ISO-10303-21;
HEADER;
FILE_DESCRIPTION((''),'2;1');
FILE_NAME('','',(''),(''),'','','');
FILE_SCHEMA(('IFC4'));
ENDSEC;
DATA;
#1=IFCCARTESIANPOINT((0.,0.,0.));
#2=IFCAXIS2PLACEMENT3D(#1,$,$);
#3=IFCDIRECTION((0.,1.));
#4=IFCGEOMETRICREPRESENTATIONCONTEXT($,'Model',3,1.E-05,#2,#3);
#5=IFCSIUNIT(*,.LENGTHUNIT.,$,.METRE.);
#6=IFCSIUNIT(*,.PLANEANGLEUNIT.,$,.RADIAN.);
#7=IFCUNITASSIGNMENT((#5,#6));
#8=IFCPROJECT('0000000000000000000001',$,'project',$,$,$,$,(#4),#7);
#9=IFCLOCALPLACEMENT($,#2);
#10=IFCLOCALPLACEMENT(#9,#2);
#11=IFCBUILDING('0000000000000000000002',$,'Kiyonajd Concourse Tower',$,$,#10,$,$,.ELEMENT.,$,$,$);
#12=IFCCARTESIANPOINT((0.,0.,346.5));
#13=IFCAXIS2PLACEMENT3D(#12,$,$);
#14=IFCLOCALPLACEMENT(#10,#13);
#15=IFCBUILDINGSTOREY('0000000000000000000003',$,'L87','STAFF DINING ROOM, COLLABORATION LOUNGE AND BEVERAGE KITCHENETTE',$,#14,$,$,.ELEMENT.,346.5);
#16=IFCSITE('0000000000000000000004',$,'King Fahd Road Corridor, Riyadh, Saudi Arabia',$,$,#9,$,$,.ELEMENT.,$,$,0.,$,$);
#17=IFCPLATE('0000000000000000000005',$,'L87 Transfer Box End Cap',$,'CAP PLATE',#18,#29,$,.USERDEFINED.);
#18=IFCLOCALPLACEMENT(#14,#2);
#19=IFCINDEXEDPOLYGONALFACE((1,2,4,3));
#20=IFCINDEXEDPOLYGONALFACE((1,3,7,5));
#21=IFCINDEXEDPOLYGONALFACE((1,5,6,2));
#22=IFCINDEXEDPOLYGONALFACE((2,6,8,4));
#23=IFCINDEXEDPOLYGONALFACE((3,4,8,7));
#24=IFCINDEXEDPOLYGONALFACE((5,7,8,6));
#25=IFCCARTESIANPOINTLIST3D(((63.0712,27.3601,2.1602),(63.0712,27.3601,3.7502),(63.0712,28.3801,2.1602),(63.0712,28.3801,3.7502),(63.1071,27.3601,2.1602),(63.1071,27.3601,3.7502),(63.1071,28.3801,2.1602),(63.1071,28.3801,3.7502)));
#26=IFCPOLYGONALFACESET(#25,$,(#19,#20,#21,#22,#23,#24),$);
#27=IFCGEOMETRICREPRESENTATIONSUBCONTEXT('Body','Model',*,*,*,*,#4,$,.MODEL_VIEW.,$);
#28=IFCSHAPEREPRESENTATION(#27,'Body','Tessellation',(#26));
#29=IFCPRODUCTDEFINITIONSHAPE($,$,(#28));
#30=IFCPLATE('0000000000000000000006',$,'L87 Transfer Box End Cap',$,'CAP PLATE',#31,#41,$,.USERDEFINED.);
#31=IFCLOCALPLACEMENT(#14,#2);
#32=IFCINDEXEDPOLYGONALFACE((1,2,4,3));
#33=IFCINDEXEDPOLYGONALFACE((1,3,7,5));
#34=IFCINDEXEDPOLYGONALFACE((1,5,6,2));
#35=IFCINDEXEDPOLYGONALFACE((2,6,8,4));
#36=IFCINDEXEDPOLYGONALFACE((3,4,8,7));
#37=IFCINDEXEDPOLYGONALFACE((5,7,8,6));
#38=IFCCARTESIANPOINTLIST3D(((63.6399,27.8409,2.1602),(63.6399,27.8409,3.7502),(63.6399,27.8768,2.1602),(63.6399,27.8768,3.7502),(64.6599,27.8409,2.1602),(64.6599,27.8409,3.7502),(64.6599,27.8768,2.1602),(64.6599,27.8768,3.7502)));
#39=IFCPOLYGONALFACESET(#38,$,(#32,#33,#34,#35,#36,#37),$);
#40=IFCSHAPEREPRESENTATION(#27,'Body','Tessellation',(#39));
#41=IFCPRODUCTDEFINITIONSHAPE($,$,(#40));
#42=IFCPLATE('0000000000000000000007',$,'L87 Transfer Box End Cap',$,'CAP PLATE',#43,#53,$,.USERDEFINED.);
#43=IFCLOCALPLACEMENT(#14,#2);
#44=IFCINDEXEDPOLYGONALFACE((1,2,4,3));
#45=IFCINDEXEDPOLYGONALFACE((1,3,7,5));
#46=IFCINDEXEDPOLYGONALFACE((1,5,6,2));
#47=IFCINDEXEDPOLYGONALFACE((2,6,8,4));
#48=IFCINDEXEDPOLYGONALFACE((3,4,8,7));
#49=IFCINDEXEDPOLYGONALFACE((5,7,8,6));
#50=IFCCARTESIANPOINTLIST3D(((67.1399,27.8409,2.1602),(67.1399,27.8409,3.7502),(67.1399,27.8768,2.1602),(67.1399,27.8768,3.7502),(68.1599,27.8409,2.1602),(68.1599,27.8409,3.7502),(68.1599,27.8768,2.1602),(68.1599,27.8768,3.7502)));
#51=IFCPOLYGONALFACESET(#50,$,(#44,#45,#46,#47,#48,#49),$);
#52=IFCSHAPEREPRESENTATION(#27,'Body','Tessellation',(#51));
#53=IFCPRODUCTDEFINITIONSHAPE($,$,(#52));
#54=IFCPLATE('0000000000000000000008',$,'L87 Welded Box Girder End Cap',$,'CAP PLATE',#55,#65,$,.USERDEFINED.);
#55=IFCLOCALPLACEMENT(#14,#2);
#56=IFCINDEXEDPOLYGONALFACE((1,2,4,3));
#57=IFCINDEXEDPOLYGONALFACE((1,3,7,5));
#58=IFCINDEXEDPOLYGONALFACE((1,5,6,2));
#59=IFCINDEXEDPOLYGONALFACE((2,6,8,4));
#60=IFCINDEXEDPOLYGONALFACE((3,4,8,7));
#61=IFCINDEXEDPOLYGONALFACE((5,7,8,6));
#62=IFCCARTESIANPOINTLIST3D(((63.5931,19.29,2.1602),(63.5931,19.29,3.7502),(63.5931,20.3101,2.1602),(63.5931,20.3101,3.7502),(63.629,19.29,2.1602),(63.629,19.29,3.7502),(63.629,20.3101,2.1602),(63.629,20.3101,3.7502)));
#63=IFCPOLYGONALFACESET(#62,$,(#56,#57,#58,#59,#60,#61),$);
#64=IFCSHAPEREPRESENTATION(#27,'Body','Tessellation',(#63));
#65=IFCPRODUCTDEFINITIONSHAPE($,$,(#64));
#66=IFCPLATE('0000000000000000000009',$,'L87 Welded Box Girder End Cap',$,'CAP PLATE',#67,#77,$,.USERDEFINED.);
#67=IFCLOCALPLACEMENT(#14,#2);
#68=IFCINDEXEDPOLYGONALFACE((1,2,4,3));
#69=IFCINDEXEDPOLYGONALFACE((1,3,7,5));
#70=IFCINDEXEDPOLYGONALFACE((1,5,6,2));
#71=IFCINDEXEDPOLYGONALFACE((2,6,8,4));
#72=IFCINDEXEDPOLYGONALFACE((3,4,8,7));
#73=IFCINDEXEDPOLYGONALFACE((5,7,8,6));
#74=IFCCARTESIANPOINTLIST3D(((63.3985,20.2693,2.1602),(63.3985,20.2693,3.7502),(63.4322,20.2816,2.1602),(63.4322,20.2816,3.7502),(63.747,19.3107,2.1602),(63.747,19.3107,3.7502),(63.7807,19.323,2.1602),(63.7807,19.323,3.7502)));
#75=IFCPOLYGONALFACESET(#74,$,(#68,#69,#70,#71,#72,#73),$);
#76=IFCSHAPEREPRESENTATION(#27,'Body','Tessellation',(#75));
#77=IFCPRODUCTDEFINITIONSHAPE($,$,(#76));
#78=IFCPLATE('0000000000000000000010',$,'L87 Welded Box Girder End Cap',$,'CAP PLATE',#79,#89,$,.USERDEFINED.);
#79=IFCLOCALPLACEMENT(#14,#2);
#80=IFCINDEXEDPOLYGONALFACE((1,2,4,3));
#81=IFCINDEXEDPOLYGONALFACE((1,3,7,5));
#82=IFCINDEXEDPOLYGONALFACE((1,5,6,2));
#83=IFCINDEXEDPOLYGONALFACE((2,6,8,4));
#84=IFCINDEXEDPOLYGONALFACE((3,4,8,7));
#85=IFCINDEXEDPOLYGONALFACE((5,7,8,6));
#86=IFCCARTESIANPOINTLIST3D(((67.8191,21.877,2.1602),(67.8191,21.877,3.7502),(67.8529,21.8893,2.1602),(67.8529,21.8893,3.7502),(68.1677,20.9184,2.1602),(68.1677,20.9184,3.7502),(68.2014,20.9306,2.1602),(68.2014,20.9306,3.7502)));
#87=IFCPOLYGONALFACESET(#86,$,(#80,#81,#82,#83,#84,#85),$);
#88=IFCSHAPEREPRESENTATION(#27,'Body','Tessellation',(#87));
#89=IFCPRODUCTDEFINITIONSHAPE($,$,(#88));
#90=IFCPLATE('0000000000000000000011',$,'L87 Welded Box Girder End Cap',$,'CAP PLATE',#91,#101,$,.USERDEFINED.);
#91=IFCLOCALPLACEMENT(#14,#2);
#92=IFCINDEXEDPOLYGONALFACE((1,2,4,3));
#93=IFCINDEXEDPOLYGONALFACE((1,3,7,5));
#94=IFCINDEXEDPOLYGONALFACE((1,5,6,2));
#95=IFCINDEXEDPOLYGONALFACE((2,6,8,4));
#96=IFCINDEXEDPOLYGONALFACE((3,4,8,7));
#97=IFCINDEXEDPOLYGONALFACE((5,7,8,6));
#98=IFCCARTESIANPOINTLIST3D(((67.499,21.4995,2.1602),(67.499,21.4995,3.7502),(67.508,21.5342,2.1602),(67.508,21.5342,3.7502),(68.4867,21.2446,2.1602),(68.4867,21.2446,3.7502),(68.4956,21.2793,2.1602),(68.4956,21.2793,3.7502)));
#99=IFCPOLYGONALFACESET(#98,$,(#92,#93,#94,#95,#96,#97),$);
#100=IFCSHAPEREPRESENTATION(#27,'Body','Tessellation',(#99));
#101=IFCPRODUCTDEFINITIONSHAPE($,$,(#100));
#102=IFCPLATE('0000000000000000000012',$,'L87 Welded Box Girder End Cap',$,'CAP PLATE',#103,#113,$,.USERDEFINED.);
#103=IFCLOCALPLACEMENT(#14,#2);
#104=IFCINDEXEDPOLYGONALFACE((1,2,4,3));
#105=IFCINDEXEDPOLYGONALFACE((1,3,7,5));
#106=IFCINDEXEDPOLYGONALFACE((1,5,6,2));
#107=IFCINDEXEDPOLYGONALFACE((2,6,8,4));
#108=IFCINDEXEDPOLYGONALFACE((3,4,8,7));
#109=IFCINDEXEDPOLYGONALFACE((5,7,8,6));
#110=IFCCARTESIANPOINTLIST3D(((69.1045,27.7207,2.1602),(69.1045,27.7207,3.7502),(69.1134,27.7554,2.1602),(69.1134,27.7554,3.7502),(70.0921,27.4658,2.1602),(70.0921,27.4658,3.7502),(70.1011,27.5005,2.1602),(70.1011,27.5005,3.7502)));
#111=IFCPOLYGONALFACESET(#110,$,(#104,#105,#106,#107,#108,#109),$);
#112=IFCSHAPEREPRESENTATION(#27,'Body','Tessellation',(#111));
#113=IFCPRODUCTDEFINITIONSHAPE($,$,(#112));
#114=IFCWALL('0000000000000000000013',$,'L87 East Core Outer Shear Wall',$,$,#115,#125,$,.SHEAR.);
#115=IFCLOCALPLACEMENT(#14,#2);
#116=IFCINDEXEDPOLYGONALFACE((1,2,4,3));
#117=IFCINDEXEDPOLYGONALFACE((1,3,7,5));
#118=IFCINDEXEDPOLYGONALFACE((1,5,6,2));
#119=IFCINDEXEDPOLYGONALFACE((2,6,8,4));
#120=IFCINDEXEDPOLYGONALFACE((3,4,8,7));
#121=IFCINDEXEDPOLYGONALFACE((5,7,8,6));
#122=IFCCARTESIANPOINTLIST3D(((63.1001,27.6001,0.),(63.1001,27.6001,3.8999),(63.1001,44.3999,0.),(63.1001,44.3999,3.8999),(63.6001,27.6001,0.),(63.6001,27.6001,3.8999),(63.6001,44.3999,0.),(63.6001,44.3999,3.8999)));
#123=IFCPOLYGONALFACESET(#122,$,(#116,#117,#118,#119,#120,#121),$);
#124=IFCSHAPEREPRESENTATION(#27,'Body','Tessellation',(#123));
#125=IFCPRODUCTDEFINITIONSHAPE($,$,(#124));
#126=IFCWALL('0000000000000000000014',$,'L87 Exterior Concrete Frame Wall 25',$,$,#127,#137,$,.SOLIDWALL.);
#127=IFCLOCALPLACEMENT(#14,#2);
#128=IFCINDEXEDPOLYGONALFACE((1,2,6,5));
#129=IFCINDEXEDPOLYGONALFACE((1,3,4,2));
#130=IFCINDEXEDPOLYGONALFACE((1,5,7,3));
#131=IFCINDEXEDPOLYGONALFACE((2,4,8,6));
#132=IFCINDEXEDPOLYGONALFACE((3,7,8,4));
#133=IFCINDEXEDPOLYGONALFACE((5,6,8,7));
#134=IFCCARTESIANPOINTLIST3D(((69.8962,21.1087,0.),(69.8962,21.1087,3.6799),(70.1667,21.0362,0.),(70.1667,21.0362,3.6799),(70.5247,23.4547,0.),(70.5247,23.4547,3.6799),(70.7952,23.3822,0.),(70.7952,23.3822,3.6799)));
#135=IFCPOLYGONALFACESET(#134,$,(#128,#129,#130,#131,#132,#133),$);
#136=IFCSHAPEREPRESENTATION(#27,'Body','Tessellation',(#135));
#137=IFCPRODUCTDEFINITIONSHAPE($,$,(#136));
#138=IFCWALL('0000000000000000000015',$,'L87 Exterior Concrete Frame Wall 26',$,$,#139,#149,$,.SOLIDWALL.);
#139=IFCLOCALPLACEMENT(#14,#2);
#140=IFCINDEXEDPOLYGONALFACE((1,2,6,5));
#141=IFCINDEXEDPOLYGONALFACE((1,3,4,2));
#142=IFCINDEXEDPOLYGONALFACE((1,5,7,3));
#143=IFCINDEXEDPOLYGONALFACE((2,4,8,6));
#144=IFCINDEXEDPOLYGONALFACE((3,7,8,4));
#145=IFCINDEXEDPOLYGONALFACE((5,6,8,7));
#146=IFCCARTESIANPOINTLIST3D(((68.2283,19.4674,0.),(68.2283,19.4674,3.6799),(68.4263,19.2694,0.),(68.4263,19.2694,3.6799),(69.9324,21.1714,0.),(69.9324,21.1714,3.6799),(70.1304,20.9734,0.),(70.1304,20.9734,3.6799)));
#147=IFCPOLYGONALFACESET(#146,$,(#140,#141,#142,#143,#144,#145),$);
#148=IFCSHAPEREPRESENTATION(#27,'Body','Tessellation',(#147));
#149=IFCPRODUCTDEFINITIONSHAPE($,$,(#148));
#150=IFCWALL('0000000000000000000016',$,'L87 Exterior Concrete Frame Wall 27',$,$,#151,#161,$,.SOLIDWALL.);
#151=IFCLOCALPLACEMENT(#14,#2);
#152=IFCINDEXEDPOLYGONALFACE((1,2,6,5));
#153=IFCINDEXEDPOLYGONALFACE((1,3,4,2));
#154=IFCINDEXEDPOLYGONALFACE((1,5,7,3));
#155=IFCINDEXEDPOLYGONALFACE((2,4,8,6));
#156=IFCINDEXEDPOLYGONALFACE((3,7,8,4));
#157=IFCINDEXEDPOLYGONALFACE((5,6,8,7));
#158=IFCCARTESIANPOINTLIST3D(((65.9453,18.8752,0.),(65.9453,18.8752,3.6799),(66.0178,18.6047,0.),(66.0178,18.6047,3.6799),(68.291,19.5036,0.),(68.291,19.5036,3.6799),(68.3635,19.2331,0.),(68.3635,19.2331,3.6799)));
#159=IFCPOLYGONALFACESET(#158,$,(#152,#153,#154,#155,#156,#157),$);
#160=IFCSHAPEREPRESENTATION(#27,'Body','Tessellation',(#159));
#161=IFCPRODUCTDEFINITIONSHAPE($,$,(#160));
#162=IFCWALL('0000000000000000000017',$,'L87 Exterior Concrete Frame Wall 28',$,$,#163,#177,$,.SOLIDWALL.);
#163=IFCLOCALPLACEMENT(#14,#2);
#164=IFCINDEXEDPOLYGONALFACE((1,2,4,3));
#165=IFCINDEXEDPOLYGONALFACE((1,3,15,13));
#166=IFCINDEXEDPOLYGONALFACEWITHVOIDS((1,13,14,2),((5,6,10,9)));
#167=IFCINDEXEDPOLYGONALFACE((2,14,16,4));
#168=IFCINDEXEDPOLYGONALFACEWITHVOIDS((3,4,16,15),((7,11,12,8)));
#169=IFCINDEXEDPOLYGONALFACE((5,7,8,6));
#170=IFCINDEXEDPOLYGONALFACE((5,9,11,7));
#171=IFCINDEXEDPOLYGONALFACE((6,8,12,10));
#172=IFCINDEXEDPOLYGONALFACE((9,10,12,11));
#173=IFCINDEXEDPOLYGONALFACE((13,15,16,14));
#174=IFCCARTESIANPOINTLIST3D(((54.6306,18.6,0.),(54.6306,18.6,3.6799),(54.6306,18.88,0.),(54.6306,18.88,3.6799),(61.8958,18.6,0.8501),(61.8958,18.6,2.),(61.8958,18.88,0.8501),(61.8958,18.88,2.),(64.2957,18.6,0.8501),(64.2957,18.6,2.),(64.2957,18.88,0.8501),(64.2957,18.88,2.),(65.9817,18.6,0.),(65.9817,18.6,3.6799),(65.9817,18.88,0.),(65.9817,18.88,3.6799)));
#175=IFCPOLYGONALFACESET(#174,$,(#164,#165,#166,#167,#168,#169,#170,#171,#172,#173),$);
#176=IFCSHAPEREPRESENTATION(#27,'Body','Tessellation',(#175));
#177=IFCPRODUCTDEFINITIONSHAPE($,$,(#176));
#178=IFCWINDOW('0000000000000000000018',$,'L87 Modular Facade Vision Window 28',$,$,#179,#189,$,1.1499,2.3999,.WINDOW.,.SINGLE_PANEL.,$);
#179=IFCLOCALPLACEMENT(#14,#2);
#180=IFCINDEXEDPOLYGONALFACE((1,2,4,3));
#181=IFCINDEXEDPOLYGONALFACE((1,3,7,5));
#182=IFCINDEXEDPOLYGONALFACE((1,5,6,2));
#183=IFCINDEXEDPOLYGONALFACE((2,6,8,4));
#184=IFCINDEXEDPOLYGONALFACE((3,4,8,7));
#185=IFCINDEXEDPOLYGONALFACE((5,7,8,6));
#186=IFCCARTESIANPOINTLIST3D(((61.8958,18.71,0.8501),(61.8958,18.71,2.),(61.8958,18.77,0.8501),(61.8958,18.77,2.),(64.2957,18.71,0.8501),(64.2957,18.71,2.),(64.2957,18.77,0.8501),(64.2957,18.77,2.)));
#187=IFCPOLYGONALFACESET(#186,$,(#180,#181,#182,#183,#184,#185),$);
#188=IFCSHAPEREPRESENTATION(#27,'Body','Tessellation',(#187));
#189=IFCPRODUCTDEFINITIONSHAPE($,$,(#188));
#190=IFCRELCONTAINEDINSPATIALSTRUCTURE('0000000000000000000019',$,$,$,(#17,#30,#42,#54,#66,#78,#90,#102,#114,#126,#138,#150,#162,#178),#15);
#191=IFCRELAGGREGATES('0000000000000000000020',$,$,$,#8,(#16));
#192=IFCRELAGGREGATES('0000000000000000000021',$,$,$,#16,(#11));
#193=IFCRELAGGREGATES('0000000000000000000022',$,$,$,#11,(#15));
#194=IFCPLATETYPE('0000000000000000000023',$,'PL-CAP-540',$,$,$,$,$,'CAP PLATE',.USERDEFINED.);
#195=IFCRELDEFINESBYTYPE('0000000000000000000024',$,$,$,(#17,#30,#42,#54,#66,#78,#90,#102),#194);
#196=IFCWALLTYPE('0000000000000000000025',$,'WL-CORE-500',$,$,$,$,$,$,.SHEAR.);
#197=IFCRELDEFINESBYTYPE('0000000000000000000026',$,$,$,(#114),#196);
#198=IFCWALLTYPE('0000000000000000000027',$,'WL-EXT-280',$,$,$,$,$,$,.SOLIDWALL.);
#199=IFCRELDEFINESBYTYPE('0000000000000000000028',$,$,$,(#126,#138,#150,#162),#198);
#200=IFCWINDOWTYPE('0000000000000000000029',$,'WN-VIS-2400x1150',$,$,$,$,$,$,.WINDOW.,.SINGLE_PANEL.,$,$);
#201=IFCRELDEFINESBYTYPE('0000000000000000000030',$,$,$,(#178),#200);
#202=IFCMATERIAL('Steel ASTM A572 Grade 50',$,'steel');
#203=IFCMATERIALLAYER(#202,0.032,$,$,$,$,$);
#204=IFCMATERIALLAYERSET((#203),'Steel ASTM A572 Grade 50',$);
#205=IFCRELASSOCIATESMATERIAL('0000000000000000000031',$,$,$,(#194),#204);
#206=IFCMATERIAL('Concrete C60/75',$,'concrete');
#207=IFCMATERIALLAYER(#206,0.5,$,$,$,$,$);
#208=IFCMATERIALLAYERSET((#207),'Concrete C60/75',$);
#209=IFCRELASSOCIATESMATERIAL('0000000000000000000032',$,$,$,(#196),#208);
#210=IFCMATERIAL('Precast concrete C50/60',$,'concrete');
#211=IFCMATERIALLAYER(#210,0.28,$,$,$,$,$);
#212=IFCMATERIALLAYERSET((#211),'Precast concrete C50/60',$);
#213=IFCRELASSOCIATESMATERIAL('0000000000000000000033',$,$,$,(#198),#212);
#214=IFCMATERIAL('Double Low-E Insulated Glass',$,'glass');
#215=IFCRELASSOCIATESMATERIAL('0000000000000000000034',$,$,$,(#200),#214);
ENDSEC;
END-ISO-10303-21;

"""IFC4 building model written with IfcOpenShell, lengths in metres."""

from ifc_helpers import new_model, si_unit, direction, frame, frame_2d, origin, origin_2d, place, context, subcontext, project, spatial, rectangle, extrude, material, layer, layer_set, type_object, element, fill, save


model = new_model("IFC4")

# Units and contexts
model_context = context("Model", 3, precision=1e-05, world=origin(), true_north=direction((0.0, 1.0)))
body_context = subcontext(model_context, "Body", "Model", "MODEL_VIEW")
ifc_project = project(units=[si_unit("LENGTHUNIT", "METRE"), si_unit("PLANEANGLEUNIT", "RADIAN")], contexts=[model_context])

# Site, building, storey
site_placement = place(None, origin())
site = spatial("IfcSite", under=ifc_project, at=site_placement, Name="King Fahd Road Corridor, Riyadh, Saudi Arabia", CompositionType="ELEMENT", RefElevation=0.0)
building_placement = place(site_placement, origin())
building = spatial("IfcBuilding", under=site, at=building_placement, Name="Kiyonajd Concourse Tower", CompositionType="ELEMENT")
storey_placement = place(building_placement, frame((0.0, 0.0, 346.5)))
storey = spatial("IfcBuildingStorey", under=building, at=storey_placement, Name="L87", Description="STAFF DINING ROOM, COLLABORATION LOUNGE AND BEVERAGE KITCHENETTE", CompositionType="ELEMENT", Elevation=346.5)

# Shared definitions
ifc_material_1 = material(Name="Concrete C60/75", Category="concrete")

# Shared definitions
ifc_material_2 = material(Name="Steel ASTM A572 Grade 50", Category="steel")

# Plates
ifc_layer_1 = layer(ifc_material_2, 0.032)
ifc_layer_set_1 = layer_set([ifc_layer_1], Name="Steel ASTM A572 Grade 50")
plate_type = type_object("IfcPlateType", Name="PL-CAP-540", ElementType="CAP PLATE", PredefinedType="USERDEFINED", material=ifc_layer_set_1)
for number, where, z_axis, x_axis, name in (
    (1, (63.0891, 27.8701, 2.1602), (0.0, 0.0, 1.0), (-1.0, 0.0, 0.0), "L87 Transfer Box End Cap"),
    (2, (64.1499, 27.8589, 2.1602), (0.0, 0.0, 1.0), (0.0, -1.0, 0.0), "L87 Transfer Box End Cap"),
    (3, (67.6499, 27.8589, 2.1602), (0.0, 0.0, 1.0), (0.0, -1.0, 0.0), "L87 Transfer Box End Cap"),
    (4, (63.6111, 19.8, 2.1602), (0.0, 0.0, 1.0), (1.0, 0.0, 0.0), "L87 Welded Box Girder End Cap"),
    (5, (63.5896, 19.7961, 2.1602), (0.0, 0.0, 1.0), (-0.939812, -0.341692, 0.0), "L87 Welded Box Girder End Cap"),
    (6, (68.0103, 21.4038, 2.1602), (0.0, 0.0, 1.0), (0.939812, 0.341692, 0.0), "L87 Welded Box Girder End Cap"),
    (7, (67.9973, 21.3894, 2.1602), (0.0, 0.0, 1.0), (-0.249873, -0.968279, 0.0), "L87 Welded Box Girder End Cap"),
    (8, (69.6028, 27.6106, 2.1602), (0.0, 0.0, 1.0), (0.249873, 0.968279, 0.0), "L87 Welded Box Girder End Cap"),
):
    element("IfcPlate", number, at=place(storey_placement, frame(where, z_axis=z_axis, x_axis=x_axis)), inside=storey, type_object=plate_type, Name=name, ObjectType="CAP PLATE", PredefinedType="USERDEFINED", context=body_context, shape_type="SweptSolid", body=[
        extrude(rectangle(XDim=0.0359, YDim=1.02, at=origin_2d()), origin(), (0.0, 0.0, 1.0), 1.5901),
    ])

# Walls
ifc_layer_2 = layer(ifc_material_1, 0.5)
ifc_layer_set_2 = layer_set([ifc_layer_2], Name="Concrete C60/75")
wall_type_1 = type_object("IfcWallType", Name="WL-CORE-500", PredefinedType="SHEAR", material=ifc_layer_set_2)
wall_1_placement = place(storey_placement, frame((63.3501, 27.6001, 0.0), z_axis=(0.0, 0.0, 1.0), x_axis=(0.0, 1.0, 0.0)))
element("IfcWall", 9, at=wall_1_placement, inside=storey, type_object=wall_type_1, Name="L87 East Core Outer Shear Wall", PredefinedType="SHEAR", context=body_context, shape_type="SweptSolid", body=[
    extrude(rectangle(XDim=16.7998, YDim=0.5, at=frame_2d((8.3999, 0.0))), origin(), (0.0, 0.0, 1.0), 3.8999),
])
ifc_material_3 = material(Name="Precast concrete C50/60", Category="concrete")
ifc_layer_3 = layer(ifc_material_3, 0.28)
ifc_layer_set_3 = layer_set([ifc_layer_3], Name="Precast concrete C50/60")
wall_type_2 = type_object("IfcWallType", Name="WL-EXT-280", PredefinedType="SOLIDWALL", material=ifc_layer_set_3)
wall_2_placement = place(storey_placement, frame((70.6599, 23.4185, 0.0), z_axis=(0.0, 0.0, 1.0), x_axis=(-0.258751, -0.965944, 0.0)))
element("IfcWall", 10, at=wall_2_placement, inside=storey, type_object=wall_type_2, Name="L87 Exterior Concrete Frame Wall 25", PredefinedType="SOLIDWALL", context=body_context, shape_type="SweptSolid", body=[
    extrude(rectangle(XDim=2.4287, YDim=0.28, at=frame_2d((1.2144, 0.0))), origin(), (0.0, 0.0, 1.0), 3.6799),
])
wall_3_placement = place(storey_placement, frame((70.0315, 21.0725, 0.0), z_axis=(0.0, 0.0, 1.0), x_axis=(-0.707107, -0.707107, 0.0)))
element("IfcWall", 11, at=wall_3_placement, inside=storey, type_object=wall_type_2, Name="L87 Exterior Concrete Frame Wall 26", PredefinedType="SOLIDWALL", context=body_context, shape_type="SweptSolid", body=[
    extrude(rectangle(XDim=2.4099, YDim=0.28, at=frame_2d((1.2051, 0.0))), origin(), (0.0, 0.0, 1.0), 3.6799),
])
wall_4_placement = place(storey_placement, frame((68.3274, 19.3684, 0.0), z_axis=(0.0, 0.0, 1.0), x_axis=(-0.965937, -0.258776, 0.0)))
element("IfcWall", 12, at=wall_4_placement, inside=storey, type_object=wall_type_2, Name="L87 Exterior Concrete Frame Wall 27", PredefinedType="SOLIDWALL", context=body_context, shape_type="SweptSolid", body=[
    extrude(rectangle(XDim=2.4285, YDim=0.28, at=frame_2d((1.2144, 0.0))), origin(), (0.0, 0.0, 1.0), 3.6799),
])

# Wall, opening, window
wall_5_placement = place(storey_placement, frame((65.9817, 18.74, 0.0), z_axis=(0.0, 0.0, 1.0), x_axis=(-1.0, 0.0, 0.0)))
wall_5 = element("IfcWall", 13, at=wall_5_placement, inside=storey, type_object=wall_type_2, Name="L87 Exterior Concrete Frame Wall 28", PredefinedType="SOLIDWALL", context=body_context, shape_type="SweptSolid", body=[
    extrude(rectangle(XDim=11.3511, YDim=0.28, at=frame_2d((5.6755, 0.0))), origin(), (0.0, 0.0, 1.0), 3.6799),
])
opening_1_placement = place(wall_5_placement, frame((1.686, 0.0, 0.8501)))
opening_1 = element("IfcOpeningElement", 14, at=opening_1_placement, cuts=wall_5, PredefinedType="OPENING", context=body_context, shape_type="SweptSolid", body=[
    extrude(rectangle(XDim=2.3999, YDim=1.1499, at=frame_2d((1.2, 0.575))), frame((0.0, 0.1499, 0.0), z_axis=(0.0, -1.0, 0.0), x_axis=(1.0, 0.0, 0.0)), (0.0, 0.0, 1.0), 0.3),
])
ifc_material_4 = material(Name="Double Low-E Insulated Glass", Category="glass")
window_type = type_object("IfcWindowType", Name="WN-VIS-2400x1150", PartitioningType="SINGLE_PANEL", PredefinedType="WINDOW", material=ifc_material_4)
window_placement = place(opening_1_placement, origin())
window = element("IfcWindow", 15, at=window_placement, inside=storey, type_object=window_type, Name="L87 Modular Facade Vision Window 28", OverallHeight=1.1499, OverallWidth=2.3999, PartitioningType="SINGLE_PANEL", PredefinedType="WINDOW", context=body_context, shape_type="SweptSolid", body=[
    extrude(rectangle(XDim=2.3999, YDim=1.1499, at=frame_2d((1.2, 0.575))), frame((0.0, 0.03, 0.0), z_axis=(0.0, -1.0, 0.0), x_axis=(1.0, 0.0, 0.0)), (0.0, 0.0, 1.0), 0.0601),
])
fill(opening_1, window)

save(model, "model.ifc")
